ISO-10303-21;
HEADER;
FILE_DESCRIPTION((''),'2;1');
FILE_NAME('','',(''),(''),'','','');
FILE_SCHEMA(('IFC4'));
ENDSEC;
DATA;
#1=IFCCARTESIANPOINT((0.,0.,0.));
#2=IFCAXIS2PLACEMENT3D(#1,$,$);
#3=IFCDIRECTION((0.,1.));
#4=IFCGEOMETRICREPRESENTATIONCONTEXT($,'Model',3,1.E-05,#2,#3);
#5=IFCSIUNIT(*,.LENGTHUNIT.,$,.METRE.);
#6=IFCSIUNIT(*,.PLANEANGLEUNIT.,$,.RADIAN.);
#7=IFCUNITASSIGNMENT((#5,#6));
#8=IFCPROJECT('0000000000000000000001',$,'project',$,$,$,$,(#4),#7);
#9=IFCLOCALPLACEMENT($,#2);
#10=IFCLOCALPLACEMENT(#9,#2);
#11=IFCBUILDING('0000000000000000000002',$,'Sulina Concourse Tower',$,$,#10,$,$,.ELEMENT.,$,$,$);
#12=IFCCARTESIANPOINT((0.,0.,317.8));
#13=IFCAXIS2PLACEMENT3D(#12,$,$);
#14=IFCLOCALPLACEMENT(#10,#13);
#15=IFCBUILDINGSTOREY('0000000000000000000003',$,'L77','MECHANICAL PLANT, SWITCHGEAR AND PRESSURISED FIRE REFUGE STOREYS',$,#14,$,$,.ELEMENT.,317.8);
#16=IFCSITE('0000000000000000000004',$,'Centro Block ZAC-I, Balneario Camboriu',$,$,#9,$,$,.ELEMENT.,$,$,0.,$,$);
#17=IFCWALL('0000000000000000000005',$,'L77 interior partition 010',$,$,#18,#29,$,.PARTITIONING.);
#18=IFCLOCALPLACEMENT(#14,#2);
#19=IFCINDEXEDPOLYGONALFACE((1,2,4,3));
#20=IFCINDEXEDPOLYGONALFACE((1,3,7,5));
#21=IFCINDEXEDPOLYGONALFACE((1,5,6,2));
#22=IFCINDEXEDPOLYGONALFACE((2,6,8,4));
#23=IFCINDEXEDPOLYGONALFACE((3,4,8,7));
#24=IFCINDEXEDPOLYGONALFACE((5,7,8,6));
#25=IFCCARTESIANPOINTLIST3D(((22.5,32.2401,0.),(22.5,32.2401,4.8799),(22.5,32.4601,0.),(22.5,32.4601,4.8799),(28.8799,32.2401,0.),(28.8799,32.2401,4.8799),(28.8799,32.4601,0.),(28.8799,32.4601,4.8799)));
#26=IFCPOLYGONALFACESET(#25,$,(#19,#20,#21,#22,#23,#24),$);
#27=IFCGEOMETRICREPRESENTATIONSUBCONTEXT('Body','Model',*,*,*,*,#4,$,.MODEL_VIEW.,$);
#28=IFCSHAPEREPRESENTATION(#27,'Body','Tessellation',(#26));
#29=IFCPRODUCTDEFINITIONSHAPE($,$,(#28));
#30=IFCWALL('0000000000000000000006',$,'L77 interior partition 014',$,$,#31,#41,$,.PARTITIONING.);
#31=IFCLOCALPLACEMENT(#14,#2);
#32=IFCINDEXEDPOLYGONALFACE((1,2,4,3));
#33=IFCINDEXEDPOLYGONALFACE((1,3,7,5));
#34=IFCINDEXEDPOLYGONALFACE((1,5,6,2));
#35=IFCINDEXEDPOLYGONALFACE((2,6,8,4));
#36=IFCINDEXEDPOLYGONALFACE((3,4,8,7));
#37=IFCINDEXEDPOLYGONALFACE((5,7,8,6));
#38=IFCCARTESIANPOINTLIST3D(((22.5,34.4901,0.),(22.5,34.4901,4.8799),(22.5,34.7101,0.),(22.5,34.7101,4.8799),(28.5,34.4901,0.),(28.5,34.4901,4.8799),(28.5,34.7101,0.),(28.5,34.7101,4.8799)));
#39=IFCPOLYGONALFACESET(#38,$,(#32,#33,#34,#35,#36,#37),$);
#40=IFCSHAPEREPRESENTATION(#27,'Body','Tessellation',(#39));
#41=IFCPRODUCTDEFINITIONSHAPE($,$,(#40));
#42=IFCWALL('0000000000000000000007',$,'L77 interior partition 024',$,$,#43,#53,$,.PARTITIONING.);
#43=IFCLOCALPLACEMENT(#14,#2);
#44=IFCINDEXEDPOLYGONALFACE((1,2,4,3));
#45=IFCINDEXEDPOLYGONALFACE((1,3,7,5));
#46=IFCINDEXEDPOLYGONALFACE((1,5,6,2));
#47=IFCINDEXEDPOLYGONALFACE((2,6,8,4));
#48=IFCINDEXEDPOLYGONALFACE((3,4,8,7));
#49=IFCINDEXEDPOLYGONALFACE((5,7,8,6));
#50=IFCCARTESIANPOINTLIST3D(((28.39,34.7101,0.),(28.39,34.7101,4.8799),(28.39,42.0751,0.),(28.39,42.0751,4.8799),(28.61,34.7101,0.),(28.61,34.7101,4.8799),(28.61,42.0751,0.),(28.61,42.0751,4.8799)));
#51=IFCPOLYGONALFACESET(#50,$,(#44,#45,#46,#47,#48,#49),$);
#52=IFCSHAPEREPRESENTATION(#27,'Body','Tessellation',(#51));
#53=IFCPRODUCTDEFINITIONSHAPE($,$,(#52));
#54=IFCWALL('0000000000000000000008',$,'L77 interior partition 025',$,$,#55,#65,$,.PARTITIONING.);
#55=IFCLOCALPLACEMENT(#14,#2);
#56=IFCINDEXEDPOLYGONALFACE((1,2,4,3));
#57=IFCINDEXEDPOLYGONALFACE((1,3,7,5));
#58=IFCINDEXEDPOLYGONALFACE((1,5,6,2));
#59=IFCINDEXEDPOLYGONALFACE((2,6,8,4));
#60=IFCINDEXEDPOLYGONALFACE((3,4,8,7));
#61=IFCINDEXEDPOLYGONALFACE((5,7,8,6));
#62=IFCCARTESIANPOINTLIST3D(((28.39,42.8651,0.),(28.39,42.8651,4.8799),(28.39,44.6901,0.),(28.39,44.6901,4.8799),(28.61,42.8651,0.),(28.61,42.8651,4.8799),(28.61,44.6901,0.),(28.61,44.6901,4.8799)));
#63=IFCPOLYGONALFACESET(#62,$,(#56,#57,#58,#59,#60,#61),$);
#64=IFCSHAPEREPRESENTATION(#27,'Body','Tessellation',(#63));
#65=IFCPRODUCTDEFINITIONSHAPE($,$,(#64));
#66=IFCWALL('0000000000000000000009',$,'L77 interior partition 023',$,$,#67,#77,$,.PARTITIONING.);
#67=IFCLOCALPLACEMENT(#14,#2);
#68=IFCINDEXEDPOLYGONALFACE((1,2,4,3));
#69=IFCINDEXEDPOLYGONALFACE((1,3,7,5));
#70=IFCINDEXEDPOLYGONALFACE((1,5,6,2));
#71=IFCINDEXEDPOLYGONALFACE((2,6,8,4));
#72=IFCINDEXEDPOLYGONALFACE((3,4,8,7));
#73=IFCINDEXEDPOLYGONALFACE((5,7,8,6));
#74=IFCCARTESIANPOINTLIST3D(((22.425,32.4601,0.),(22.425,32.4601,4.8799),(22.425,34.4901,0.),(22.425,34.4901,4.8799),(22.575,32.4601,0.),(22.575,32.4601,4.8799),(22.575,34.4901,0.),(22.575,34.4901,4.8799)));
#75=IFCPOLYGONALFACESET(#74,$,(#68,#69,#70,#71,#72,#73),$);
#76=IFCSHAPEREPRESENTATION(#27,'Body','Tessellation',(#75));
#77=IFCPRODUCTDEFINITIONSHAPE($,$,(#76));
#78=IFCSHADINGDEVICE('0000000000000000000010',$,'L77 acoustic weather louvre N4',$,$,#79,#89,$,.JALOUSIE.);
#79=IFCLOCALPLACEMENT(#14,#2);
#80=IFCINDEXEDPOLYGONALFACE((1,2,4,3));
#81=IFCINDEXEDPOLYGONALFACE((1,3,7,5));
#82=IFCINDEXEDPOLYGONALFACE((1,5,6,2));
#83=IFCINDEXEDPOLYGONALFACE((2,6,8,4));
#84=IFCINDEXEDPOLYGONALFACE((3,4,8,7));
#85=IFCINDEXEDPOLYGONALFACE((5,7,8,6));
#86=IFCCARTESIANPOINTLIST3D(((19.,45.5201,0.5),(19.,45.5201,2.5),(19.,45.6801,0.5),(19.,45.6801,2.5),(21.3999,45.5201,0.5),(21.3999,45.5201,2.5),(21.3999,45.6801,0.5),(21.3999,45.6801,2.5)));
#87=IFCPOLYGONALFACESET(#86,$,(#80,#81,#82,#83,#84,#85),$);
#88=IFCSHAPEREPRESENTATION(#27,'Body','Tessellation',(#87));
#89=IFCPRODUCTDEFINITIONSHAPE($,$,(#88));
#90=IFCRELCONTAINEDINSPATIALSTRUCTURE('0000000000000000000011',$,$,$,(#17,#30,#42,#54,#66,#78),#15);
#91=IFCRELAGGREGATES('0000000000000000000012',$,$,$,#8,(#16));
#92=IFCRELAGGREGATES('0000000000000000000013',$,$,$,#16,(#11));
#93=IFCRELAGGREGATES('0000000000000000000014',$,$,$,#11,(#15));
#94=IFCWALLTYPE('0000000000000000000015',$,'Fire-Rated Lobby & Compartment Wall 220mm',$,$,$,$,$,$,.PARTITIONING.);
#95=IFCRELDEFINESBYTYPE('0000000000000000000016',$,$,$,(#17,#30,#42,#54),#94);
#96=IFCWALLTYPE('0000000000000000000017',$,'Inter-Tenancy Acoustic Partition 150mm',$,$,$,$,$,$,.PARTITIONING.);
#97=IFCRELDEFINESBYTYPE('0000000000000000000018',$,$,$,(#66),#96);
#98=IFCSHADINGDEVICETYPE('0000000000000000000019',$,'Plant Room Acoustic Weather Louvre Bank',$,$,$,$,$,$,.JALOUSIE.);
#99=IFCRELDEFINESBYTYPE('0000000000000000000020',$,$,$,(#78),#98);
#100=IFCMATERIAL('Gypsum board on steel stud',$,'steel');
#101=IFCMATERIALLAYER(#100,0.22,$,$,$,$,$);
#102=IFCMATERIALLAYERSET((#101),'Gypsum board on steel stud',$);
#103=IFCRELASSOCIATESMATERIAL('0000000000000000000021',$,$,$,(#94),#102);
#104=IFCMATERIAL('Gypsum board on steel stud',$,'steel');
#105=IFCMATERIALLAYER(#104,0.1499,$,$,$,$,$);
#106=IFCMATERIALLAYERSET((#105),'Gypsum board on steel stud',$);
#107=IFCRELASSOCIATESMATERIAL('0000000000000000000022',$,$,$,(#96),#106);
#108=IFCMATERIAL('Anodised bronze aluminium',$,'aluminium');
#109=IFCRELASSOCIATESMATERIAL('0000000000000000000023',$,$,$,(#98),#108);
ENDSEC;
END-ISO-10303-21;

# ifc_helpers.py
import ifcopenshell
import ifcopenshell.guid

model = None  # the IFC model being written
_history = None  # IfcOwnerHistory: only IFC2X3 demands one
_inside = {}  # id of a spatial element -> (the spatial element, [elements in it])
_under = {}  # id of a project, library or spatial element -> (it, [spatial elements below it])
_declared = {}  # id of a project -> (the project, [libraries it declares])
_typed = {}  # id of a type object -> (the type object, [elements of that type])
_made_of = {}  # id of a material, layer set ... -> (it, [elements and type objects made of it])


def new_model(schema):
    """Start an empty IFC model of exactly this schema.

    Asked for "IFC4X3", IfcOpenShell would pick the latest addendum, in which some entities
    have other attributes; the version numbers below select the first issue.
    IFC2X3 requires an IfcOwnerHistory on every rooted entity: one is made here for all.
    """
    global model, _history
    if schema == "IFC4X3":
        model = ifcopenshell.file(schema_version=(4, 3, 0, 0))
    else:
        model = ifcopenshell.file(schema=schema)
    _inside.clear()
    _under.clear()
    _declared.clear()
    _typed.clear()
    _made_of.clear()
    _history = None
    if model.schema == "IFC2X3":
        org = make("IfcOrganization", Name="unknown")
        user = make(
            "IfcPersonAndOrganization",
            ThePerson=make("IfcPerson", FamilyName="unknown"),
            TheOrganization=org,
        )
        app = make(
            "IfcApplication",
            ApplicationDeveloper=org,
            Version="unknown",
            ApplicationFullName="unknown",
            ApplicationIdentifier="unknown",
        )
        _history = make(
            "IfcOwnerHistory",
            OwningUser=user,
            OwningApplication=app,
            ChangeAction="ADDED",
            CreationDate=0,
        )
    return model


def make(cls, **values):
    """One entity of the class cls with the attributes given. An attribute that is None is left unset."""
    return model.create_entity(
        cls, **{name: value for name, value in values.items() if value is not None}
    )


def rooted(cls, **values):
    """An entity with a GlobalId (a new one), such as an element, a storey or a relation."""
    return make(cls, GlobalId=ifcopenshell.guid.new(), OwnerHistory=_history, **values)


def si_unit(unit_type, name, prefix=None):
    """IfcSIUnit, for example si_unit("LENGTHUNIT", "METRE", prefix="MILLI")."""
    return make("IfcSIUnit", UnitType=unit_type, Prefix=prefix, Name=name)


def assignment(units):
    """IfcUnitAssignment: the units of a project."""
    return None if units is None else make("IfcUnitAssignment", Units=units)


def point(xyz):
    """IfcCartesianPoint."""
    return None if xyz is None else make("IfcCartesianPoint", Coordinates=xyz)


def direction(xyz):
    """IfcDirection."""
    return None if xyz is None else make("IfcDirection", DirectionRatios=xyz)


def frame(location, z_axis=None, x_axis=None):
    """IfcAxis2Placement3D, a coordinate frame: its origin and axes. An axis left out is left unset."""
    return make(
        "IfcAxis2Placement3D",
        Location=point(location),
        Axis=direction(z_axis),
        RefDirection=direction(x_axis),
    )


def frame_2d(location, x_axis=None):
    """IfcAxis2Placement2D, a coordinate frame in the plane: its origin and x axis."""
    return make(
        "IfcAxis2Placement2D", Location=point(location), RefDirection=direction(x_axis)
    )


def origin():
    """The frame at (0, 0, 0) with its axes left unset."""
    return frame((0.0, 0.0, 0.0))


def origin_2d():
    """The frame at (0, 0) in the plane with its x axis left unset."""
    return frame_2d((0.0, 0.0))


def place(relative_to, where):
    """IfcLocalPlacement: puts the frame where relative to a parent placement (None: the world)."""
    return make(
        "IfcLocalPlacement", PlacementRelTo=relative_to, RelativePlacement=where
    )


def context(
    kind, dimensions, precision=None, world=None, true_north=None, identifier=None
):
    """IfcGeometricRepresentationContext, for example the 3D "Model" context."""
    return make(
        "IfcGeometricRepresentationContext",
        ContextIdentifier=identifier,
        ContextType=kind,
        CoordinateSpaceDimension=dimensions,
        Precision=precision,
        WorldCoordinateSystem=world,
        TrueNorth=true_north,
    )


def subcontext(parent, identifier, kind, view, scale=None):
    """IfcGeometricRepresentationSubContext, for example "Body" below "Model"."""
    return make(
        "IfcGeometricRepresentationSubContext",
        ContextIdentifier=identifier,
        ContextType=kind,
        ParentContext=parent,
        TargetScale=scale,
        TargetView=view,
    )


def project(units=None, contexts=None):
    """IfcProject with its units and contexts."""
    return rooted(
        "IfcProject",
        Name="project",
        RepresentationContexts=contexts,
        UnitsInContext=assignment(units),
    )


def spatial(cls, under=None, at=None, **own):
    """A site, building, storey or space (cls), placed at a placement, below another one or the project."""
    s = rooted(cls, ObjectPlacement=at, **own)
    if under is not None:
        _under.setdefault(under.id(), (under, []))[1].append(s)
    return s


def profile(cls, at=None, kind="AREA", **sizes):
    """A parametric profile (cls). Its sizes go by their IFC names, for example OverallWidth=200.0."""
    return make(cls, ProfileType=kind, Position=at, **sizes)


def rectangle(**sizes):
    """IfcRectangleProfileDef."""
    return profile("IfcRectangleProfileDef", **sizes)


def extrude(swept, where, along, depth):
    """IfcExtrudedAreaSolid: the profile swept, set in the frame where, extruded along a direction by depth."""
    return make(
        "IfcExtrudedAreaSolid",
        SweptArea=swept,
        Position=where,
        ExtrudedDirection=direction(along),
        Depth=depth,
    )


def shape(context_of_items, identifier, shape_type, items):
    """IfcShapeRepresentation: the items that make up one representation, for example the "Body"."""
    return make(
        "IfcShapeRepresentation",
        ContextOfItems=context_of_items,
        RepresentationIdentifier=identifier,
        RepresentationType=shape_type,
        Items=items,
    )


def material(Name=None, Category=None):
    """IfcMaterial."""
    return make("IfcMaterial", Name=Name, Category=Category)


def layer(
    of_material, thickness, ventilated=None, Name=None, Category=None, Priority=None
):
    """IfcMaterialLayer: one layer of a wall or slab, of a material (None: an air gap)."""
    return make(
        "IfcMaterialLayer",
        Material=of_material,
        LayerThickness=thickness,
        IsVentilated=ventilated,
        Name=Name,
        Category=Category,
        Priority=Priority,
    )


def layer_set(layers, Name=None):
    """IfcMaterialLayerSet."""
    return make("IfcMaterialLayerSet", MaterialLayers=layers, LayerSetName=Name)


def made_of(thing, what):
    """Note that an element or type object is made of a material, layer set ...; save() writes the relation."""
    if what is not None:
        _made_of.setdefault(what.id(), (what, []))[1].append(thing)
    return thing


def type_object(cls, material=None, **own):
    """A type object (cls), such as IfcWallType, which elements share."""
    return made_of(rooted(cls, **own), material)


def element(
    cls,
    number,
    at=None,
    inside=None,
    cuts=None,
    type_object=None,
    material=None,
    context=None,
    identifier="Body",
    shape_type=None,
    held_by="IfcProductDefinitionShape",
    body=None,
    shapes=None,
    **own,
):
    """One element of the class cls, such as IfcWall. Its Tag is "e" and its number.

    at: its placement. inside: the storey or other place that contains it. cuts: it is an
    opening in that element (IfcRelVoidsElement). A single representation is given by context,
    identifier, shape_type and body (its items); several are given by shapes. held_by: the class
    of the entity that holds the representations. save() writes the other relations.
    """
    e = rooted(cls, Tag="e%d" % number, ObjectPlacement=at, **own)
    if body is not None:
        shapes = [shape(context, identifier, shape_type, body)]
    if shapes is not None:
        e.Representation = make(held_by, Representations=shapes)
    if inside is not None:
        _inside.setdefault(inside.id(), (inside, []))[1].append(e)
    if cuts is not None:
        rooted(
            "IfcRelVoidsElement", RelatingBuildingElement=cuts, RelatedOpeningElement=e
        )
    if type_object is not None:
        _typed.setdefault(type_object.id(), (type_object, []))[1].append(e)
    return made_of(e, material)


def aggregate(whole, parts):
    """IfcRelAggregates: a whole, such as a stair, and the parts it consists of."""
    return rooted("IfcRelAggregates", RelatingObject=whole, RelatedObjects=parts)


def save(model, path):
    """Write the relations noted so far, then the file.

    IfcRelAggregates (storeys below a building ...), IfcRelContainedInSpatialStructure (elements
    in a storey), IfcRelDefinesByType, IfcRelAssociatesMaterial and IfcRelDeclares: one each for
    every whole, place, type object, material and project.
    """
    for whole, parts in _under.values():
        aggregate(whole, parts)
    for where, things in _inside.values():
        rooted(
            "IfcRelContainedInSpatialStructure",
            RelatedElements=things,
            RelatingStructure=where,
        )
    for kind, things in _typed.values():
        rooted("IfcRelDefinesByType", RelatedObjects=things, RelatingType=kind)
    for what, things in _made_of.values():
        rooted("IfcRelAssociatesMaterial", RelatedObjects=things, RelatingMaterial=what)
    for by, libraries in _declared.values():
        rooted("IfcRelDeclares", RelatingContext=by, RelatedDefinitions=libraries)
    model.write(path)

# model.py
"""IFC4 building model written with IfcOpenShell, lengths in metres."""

from ifc_helpers import new_model, si_unit, direction, frame, frame_2d, origin, origin_2d, place, context, subcontext, project, spatial, rectangle, extrude, material, layer, layer_set, type_object, element, save


model = new_model("IFC4")

# Units and contexts
model_context = context("Model", 3, precision=1e-05, world=origin(), true_north=direction((0.0, 1.0)))
body_context = subcontext(model_context, "Body", "Model", "MODEL_VIEW")
ifc_project = project(units=[si_unit("LENGTHUNIT", "METRE"), si_unit("PLANEANGLEUNIT", "RADIAN")], contexts=[model_context])

# Site, building, storey
site_placement = place(None, origin())
site = spatial("IfcSite", under=ifc_project, at=site_placement, Name="Centro Block ZAC-I, Balneario Camboriu", CompositionType="ELEMENT", RefElevation=0.0)
building_placement = place(site_placement, origin())
building = spatial("IfcBuilding", under=site, at=building_placement, Name="Sulina Concourse Tower", CompositionType="ELEMENT")
storey_placement = place(building_placement, frame((0.0, 0.0, 317.8)))
storey = spatial("IfcBuildingStorey", under=building, at=storey_placement, Name="L77", Description="MECHANICAL PLANT, SWITCHGEAR AND PRESSURISED FIRE REFUGE STOREYS", CompositionType="ELEMENT", Elevation=317.8)

# Walls
ifc_material_1 = material(Name="Gypsum board on steel stud", Category="steel")
ifc_layer_1 = layer(ifc_material_1, 0.22)
ifc_layer_set_1 = layer_set([ifc_layer_1], Name="Gypsum board on steel stud")
wall_type_1 = type_object("IfcWallType", Name="Fire-Rated Lobby & Compartment Wall 220mm", PredefinedType="PARTITIONING", material=ifc_layer_set_1)
wall_1_placement = place(storey_placement, frame((22.5, 32.3501, 0.0), z_axis=(0.0, 0.0, 1.0), x_axis=(1.0, 0.0, 0.0)))
element("IfcWall", 1, at=wall_1_placement, inside=storey, type_object=wall_type_1, Name="L77 interior partition 010", PredefinedType="PARTITIONING", context=body_context, shape_type="SweptSolid", body=[
    extrude(rectangle(XDim=6.3799, YDim=0.22, at=frame_2d((3.1899, 0.0))), origin(), (0.0, 0.0, 1.0), 4.8799),
])
wall_2_placement = place(storey_placement, frame((22.5, 34.6001, 0.0), z_axis=(0.0, 0.0, 1.0), x_axis=(1.0, 0.0, 0.0)))
element("IfcWall", 2, at=wall_2_placement, inside=storey, type_object=wall_type_1, Name="L77 interior partition 014", PredefinedType="PARTITIONING", context=body_context, shape_type="SweptSolid", body=[
    extrude(rectangle(XDim=6.0, YDim=0.22, at=frame_2d((3.0, 0.0))), origin(), (0.0, 0.0, 1.0), 4.8799),
])
wall_3_placement = place(storey_placement, frame((28.5, 34.71, 0.0), z_axis=(0.0, 0.0, 1.0), x_axis=(0.0, 1.0, 0.0)))
element("IfcWall", 3, at=wall_3_placement, inside=storey, type_object=wall_type_1, Name="L77 interior partition 024", PredefinedType="PARTITIONING", context=body_context, shape_type="SweptSolid", body=[
    extrude(rectangle(XDim=7.365, YDim=0.22, at=frame_2d((3.6826, 0.0))), origin(), (0.0, 0.0, 1.0), 4.8799),
])
wall_4_placement = place(storey_placement, frame((28.5, 42.865, 0.0), z_axis=(0.0, 0.0, 1.0), x_axis=(0.0, 1.0, 0.0)))
element("IfcWall", 4, at=wall_4_placement, inside=storey, type_object=wall_type_1, Name="L77 interior partition 025", PredefinedType="PARTITIONING", context=body_context, shape_type="SweptSolid", body=[
    extrude(rectangle(XDim=1.825, YDim=0.22, at=frame_2d((0.9126, 0.0))), origin(), (0.0, 0.0, 1.0), 4.8799),
])
ifc_material_2 = material(Name="Gypsum board on steel stud", Category="steel")
ifc_layer_2 = layer(ifc_material_2, 0.1499)
ifc_layer_set_2 = layer_set([ifc_layer_2], Name="Gypsum board on steel stud")
wall_type_2 = type_object("IfcWallType", Name="Inter-Tenancy Acoustic Partition 150mm", PredefinedType="PARTITIONING", material=ifc_layer_set_2)
wall_5_placement = place(storey_placement, frame((22.5, 32.46, 0.0), z_axis=(0.0, 0.0, 1.0), x_axis=(0.0, 1.0, 0.0)))
element("IfcWall", 5, at=wall_5_placement, inside=storey, type_object=wall_type_2, Name="L77 interior partition 023", PredefinedType="PARTITIONING", context=body_context, shape_type="SweptSolid", body=[
    extrude(rectangle(XDim=2.03, YDim=0.1499, at=frame_2d((1.0151, 0.0))), origin(), (0.0, 0.0, 1.0), 4.8799),
])

# Shading device
ifc_material_3 = material(Name="Anodised bronze aluminium", Category="aluminium")
shading_device_type = type_object("IfcShadingDeviceType", Name="Plant Room Acoustic Weather Louvre Bank", PredefinedType="JALOUSIE", material=ifc_material_3)
shading_device_placement = place(storey_placement, frame((20.2, 45.6001, 0.5), z_axis=(0.0, 0.0, 1.0), x_axis=(1.0, 0.0, 0.0)))
element("IfcShadingDevice", 6, at=shading_device_placement, inside=storey, type_object=shading_device_type, Name="L77 acoustic weather louvre N4", PredefinedType="JALOUSIE", context=body_context, shape_type="SweptSolid", body=[
    extrude(rectangle(XDim=2.3999, YDim=0.1599, at=origin_2d()), origin(), (0.0, 0.0, 1.0), 2.0),
])

save(model, "model.ifc")
